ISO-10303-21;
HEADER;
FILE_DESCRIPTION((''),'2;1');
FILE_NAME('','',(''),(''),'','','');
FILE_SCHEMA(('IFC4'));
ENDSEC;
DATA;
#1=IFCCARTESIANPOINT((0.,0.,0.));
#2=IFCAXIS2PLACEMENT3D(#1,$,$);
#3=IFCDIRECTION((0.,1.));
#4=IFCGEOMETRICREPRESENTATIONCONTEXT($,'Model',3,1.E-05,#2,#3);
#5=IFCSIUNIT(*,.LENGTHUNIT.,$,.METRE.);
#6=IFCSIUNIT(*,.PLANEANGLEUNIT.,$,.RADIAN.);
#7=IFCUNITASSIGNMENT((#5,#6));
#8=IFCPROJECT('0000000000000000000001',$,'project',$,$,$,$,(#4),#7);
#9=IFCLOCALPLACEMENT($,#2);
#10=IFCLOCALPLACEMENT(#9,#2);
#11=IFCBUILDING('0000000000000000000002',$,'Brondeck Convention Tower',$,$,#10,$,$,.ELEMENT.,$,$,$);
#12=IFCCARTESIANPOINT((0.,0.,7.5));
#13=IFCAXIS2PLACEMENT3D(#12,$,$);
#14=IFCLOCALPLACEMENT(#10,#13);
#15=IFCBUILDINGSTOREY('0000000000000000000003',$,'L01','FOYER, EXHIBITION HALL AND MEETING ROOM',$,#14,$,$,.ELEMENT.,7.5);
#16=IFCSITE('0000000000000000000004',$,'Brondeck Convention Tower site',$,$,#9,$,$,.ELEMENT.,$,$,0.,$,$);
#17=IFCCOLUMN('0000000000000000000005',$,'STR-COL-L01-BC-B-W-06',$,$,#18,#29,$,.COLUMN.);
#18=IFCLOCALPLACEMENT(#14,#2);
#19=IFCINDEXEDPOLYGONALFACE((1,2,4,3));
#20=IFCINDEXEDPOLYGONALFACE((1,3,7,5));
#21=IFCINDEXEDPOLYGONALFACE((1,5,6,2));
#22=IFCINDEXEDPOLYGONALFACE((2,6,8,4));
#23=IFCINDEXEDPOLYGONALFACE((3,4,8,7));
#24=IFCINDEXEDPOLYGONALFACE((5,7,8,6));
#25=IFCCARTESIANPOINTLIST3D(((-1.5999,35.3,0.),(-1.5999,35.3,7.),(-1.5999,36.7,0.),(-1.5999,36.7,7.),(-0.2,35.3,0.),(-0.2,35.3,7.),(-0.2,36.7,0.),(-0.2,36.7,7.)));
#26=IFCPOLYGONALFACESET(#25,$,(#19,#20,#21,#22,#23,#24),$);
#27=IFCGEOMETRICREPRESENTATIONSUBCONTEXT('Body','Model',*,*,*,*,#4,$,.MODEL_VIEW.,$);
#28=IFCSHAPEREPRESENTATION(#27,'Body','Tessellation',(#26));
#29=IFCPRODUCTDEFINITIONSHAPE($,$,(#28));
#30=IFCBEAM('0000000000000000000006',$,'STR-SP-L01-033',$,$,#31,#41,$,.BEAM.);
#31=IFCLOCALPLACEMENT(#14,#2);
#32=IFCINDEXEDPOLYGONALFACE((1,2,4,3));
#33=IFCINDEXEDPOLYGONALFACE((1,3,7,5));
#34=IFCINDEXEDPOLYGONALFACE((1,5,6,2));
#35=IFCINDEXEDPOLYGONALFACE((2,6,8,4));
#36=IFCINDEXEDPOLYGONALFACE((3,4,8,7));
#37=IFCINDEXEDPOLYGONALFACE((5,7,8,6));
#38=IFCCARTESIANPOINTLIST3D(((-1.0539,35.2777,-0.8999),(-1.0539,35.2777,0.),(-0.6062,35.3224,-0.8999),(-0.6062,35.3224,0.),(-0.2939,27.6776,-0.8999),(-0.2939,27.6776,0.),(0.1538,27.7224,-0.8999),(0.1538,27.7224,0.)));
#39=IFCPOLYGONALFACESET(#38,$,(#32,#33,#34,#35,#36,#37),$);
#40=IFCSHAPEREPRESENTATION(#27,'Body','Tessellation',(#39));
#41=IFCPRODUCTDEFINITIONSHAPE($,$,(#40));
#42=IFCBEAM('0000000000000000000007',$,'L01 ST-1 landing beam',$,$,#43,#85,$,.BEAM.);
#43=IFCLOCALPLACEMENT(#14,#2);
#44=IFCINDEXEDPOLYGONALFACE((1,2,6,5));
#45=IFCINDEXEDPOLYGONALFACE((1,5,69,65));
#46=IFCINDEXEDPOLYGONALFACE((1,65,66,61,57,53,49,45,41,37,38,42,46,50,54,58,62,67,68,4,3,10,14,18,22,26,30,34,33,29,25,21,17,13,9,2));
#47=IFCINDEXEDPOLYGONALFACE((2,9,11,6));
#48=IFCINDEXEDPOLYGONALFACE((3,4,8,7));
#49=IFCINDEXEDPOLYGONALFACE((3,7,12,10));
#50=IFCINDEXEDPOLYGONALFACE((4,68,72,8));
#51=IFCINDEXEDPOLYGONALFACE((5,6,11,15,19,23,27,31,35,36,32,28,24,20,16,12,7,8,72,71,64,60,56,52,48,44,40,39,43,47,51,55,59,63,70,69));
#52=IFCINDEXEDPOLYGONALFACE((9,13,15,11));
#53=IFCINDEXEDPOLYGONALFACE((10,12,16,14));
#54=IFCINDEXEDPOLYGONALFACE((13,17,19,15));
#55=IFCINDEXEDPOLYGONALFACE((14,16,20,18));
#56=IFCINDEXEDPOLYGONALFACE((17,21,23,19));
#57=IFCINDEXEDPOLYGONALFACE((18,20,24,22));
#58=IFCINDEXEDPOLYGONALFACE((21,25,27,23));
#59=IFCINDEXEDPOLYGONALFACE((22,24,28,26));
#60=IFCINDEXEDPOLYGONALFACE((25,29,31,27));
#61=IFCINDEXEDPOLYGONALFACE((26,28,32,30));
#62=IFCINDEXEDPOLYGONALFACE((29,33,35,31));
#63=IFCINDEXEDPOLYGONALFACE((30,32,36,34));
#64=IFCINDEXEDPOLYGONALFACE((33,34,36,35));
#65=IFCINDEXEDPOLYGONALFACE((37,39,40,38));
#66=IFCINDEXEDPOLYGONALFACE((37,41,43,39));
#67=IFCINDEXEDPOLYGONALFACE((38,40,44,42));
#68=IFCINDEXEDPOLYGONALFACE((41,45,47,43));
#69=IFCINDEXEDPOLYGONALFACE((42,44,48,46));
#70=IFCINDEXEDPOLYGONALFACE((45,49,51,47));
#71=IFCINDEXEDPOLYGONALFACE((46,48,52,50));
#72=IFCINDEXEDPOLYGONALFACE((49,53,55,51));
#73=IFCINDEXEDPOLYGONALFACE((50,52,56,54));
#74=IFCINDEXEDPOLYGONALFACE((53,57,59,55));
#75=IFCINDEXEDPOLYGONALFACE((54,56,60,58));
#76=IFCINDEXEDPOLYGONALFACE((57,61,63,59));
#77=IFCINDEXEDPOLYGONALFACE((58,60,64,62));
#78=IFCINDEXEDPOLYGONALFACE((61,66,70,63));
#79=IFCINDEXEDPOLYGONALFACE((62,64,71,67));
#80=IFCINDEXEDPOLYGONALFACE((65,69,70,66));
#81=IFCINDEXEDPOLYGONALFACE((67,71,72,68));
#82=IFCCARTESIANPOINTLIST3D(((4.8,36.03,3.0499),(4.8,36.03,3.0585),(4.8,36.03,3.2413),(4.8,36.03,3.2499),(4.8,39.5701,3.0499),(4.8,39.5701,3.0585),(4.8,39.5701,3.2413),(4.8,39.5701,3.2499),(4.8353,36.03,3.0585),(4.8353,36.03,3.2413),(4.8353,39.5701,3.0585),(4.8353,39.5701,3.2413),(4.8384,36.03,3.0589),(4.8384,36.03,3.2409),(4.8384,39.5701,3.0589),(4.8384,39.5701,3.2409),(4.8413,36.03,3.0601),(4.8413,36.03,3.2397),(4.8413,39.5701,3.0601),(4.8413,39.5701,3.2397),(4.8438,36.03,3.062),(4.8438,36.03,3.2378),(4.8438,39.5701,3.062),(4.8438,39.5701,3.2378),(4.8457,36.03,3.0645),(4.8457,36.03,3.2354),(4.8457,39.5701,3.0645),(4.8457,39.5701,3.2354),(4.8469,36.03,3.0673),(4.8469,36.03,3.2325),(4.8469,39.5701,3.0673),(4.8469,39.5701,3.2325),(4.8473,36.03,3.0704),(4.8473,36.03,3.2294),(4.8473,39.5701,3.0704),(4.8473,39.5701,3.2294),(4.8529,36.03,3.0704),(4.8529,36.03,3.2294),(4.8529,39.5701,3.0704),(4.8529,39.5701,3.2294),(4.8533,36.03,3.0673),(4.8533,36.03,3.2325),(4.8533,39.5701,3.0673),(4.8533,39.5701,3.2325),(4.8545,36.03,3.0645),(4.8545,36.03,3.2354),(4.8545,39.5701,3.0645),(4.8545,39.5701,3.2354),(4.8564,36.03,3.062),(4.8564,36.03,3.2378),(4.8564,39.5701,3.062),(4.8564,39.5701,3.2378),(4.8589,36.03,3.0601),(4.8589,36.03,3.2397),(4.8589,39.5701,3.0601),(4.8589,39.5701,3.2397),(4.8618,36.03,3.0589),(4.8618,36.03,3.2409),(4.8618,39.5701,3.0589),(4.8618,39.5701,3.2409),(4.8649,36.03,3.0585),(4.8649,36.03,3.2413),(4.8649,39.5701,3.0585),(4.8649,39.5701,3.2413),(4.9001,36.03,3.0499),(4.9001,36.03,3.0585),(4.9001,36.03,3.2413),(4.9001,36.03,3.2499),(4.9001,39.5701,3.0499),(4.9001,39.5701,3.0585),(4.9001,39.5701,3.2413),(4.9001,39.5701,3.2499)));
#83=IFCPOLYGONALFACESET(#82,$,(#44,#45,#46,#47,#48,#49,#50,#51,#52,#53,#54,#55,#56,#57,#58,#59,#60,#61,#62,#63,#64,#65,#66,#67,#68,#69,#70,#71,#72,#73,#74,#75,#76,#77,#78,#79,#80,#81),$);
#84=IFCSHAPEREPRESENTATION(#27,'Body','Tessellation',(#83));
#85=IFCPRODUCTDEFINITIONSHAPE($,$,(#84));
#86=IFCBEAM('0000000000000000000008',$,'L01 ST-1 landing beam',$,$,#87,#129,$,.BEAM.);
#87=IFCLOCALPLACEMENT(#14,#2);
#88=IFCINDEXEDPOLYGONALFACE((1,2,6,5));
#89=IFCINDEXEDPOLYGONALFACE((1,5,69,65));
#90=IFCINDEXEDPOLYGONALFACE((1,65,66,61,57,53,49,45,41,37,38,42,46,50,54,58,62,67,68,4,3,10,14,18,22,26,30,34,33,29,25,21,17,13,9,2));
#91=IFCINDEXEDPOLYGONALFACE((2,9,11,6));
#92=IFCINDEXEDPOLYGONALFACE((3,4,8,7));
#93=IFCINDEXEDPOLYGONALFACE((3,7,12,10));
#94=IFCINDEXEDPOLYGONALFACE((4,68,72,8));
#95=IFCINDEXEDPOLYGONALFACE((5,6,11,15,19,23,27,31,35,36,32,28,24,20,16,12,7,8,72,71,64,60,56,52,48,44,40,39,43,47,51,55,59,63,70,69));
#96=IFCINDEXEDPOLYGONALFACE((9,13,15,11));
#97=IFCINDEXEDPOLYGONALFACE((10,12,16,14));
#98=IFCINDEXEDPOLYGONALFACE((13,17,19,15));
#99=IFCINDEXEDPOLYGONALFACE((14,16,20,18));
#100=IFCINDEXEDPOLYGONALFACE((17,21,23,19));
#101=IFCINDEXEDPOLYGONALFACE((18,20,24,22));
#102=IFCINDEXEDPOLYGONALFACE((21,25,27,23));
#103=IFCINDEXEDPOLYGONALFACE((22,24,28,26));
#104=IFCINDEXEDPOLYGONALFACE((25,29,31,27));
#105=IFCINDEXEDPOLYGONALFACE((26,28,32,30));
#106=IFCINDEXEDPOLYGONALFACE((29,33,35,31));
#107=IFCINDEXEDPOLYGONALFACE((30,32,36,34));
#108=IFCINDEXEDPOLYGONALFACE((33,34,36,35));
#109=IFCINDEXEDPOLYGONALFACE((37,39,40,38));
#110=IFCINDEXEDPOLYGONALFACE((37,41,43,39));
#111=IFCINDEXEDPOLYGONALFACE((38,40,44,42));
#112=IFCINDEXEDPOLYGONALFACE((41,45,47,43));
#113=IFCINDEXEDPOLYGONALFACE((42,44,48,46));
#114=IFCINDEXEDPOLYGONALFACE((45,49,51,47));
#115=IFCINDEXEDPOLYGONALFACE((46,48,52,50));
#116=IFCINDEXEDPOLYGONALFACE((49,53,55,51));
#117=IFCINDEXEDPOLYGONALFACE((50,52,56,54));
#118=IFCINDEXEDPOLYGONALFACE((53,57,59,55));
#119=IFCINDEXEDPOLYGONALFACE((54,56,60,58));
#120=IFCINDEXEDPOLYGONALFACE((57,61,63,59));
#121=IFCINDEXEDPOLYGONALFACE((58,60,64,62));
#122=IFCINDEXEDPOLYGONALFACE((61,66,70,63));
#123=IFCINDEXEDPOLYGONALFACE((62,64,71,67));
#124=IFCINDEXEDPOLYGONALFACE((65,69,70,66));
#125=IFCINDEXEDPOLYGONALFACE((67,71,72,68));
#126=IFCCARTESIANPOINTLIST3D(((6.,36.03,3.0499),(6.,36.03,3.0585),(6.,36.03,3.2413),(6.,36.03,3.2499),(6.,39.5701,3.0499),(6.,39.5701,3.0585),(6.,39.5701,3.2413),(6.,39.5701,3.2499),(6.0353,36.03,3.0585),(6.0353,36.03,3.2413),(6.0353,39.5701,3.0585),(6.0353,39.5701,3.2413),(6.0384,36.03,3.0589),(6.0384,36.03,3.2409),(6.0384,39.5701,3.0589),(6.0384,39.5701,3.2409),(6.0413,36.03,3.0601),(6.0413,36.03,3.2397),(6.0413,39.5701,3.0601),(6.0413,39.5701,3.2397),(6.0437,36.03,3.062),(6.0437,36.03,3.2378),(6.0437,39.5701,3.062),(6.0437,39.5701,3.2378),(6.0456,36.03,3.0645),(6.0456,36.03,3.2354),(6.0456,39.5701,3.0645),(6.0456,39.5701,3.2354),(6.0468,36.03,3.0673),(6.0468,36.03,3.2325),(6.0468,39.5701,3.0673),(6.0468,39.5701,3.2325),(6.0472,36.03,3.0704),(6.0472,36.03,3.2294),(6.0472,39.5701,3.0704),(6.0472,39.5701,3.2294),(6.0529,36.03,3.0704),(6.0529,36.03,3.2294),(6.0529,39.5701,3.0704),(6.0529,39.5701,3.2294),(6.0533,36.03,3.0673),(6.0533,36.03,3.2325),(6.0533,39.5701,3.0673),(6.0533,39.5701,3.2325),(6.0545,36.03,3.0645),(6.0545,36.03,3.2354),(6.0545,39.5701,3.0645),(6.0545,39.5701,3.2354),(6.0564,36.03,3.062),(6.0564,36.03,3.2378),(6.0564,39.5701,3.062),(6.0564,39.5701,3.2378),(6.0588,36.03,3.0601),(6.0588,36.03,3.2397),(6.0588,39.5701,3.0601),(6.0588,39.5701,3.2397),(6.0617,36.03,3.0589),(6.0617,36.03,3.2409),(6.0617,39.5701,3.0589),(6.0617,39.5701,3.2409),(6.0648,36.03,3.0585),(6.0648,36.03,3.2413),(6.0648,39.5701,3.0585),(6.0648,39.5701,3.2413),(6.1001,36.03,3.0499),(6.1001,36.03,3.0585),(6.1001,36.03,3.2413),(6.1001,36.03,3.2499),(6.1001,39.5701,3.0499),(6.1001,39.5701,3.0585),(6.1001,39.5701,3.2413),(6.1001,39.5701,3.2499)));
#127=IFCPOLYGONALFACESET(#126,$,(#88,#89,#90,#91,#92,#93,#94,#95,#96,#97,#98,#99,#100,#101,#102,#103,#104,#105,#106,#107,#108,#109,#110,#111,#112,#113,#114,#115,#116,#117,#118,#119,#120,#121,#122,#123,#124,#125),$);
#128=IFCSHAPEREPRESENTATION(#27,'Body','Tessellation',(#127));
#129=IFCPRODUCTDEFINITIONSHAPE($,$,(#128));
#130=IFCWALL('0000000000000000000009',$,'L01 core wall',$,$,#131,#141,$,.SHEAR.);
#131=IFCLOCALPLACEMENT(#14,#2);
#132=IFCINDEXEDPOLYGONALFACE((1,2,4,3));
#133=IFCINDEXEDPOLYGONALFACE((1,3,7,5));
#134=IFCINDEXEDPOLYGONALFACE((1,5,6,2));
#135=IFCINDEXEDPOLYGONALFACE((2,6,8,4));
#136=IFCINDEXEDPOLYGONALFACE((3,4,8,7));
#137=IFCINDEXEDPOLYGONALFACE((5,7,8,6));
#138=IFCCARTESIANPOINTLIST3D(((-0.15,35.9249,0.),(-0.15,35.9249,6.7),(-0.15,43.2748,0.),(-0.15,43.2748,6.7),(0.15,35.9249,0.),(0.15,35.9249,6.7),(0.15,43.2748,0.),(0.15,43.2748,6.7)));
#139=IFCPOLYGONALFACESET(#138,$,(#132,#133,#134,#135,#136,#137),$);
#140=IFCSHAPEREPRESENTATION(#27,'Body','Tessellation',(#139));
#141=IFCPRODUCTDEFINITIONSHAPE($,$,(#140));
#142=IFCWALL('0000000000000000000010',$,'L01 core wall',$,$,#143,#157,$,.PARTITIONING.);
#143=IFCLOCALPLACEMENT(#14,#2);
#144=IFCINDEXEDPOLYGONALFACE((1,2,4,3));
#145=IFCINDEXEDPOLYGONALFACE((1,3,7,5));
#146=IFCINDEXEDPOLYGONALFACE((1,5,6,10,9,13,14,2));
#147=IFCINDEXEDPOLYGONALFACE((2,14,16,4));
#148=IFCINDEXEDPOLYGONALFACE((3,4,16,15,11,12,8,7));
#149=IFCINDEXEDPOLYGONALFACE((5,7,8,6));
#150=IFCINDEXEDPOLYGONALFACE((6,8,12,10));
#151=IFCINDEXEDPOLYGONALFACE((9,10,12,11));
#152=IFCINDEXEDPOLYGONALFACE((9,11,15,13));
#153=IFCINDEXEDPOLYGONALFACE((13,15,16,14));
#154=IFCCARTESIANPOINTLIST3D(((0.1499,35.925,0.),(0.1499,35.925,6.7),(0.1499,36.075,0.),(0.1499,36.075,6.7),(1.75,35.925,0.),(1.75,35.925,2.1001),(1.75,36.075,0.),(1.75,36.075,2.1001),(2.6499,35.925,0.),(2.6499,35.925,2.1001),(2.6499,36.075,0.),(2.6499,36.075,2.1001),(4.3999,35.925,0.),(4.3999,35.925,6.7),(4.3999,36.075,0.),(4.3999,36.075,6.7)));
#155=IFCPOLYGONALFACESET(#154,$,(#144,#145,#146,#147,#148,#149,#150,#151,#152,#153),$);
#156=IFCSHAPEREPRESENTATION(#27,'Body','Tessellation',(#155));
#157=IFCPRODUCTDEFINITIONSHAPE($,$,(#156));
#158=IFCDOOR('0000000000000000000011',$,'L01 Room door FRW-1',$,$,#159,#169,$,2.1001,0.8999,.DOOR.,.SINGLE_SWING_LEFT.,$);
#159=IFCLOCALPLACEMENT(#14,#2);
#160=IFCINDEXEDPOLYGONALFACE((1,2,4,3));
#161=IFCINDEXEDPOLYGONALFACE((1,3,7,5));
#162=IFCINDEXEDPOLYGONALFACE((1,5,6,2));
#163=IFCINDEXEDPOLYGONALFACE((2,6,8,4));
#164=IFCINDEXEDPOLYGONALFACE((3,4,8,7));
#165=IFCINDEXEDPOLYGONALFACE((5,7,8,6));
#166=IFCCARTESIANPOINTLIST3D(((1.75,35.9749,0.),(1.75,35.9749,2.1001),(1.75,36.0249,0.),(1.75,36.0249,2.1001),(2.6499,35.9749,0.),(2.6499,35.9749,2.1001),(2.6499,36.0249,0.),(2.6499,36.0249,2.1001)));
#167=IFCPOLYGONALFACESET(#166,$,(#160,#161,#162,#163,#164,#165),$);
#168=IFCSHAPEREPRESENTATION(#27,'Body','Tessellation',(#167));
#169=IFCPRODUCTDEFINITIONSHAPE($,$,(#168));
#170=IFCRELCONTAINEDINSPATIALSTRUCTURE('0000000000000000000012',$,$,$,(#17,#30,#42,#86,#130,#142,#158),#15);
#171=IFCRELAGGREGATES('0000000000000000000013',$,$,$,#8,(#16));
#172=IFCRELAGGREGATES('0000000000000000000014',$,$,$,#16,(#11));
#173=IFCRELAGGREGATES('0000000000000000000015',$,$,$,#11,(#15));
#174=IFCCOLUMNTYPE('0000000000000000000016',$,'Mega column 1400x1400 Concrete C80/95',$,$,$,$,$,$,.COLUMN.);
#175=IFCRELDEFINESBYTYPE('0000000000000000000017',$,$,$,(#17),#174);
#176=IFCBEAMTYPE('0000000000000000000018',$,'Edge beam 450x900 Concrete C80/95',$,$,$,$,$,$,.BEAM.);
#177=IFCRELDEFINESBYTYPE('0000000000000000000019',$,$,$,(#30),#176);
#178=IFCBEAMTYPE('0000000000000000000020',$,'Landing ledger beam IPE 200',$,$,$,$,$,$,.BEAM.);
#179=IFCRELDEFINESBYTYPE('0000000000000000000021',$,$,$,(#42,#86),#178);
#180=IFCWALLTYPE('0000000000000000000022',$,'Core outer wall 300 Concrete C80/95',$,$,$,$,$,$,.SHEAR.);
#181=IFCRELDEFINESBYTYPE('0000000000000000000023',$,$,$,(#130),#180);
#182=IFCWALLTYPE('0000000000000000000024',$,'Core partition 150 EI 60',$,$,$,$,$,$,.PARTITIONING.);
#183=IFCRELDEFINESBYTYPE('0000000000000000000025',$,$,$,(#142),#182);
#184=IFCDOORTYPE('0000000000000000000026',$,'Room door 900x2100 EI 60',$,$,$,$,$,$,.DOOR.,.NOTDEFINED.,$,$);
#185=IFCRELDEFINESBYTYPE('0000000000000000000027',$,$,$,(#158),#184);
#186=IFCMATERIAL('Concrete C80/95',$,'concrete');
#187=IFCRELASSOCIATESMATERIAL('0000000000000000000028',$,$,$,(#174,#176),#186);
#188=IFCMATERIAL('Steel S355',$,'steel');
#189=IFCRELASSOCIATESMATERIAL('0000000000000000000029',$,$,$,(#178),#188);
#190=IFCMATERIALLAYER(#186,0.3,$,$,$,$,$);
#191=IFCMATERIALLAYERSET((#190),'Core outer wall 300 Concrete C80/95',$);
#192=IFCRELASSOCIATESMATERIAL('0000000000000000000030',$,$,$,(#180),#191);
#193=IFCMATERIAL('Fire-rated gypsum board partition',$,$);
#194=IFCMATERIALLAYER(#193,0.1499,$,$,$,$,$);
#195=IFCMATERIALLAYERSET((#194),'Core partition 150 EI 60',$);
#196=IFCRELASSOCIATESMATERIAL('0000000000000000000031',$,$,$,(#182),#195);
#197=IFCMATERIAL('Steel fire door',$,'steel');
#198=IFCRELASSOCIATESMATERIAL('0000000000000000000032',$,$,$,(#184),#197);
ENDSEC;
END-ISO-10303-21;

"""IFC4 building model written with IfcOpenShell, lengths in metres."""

from ifc_helpers import new_model, si_unit, direction, frame, frame_2d, origin, origin_2d, place, context, subcontext, project, spatial, rectangle, i_section, extrude, material, layer, layer_set, material_profile, profile_set, type_object, element, fill, save


model = new_model("IFC4")

# Units and contexts
model_context = context("Model", 3, precision=1e-05, world=origin(), true_north=direction((0.0, 1.0)))
body_context = subcontext(model_context, "Body", "Model", "MODEL_VIEW")
ifc_project = project(units=[si_unit("LENGTHUNIT", "METRE"), si_unit("PLANEANGLEUNIT", "RADIAN")], contexts=[model_context])

# Site, building, storey
site_placement = place(None, origin())
site = spatial("IfcSite", under=ifc_project, at=site_placement, Name="Brondeck Convention Tower site", CompositionType="ELEMENT", RefElevation=0.0)
building_placement = place(site_placement, origin())
building = spatial("IfcBuilding", under=site, at=building_placement, Name="Brondeck Convention Tower", CompositionType="ELEMENT")
storey_placement = place(building_placement, frame((0.0, 0.0, 7.5)))
storey = spatial("IfcBuildingStorey", under=building, at=storey_placement, Name="L01", Description="FOYER, EXHIBITION HALL AND MEETING ROOM", CompositionType="ELEMENT", Elevation=7.5)

# Column
ifc_material_1 = material(Name="Concrete C80/95", Category="concrete")
ifc_material_profile_1 = material_profile(ifc_material_1, rectangle(XDim=1.3999, YDim=1.3999, at=origin_2d()), Name="Mega column 1400x1400 Concrete C80/95")
ifc_profile_set_1 = profile_set([ifc_material_profile_1], Name="Concrete C80/95")
column_type = type_object("IfcColumnType", Name="Mega column 1400x1400 Concrete C80/95", PredefinedType="COLUMN", material=ifc_profile_set_1)
column_placement = place(storey_placement, frame((-0.8999, 36.0, 0.0), z_axis=(0.0, 0.0, 1.0), x_axis=(1.0, 0.0, 0.0)))
element("IfcColumn", 1, at=column_placement, inside=storey, type_object=column_type, Name="STR-COL-L01-BC-B-W-06", PredefinedType="COLUMN", context=body_context, shape_type="SweptSolid", body=[
    extrude(rectangle(XDim=1.3999, YDim=1.3999, at=origin_2d()), origin(), (0.0, 0.0, 1.0), 7.0),
])

# Beams
ifc_material_profile_2 = material_profile(ifc_material_1, rectangle(XDim=0.45, YDim=0.8999, at=origin_2d()), Name="Edge beam 450x900 Concrete C80/95")
ifc_profile_set_2 = profile_set([ifc_material_profile_2], Name="Concrete C80/95")
beam_type_1 = type_object("IfcBeamType", Name="Edge beam 450x900 Concrete C80/95", PredefinedType="BEAM", material=ifc_profile_set_2)
beam_placement = place(storey_placement, frame((-0.8301, 35.3, -0.45), z_axis=(0.099504, -0.995037, 0.0), x_axis=(0.995037, 0.099504, 0.0)))
element("IfcBeam", 2, at=beam_placement, inside=storey, type_object=beam_type_1, Name="STR-SP-L01-033", PredefinedType="BEAM", context=body_context, shape_type="SweptSolid", body=[
    extrude(rectangle(XDim=0.45, YDim=0.8999, at=origin_2d()), origin(), (0.0, 0.0, 1.0), 7.6379),
])
ifc_material_2 = material(Name="Steel S355", Category="steel")
ifc_material_profile_3 = material_profile(ifc_material_2, i_section(OverallWidth=0.1001, OverallDepth=0.2, WebThickness=0.0056, FlangeThickness=0.0085, FilletRadius=0.012, at=origin_2d()), Name="IPE200")
ifc_profile_set_3 = profile_set([ifc_material_profile_3], Name="Steel S355")
beam_type_2 = type_object("IfcBeamType", Name="Landing ledger beam IPE 200", PredefinedType="BEAM", material=ifc_profile_set_3)
for number, where, z_axis, x_axis, name in (
    (3, (4.8501, 36.03, 3.1499), (0.0, 1.0, 0.0), (-1.0, 0.0, 0.0), "L01 ST-1 landing beam"),
    (4, (6.05, 36.03, 3.1499), (0.0, 1.0, 0.0), (-1.0, 0.0, 0.0), "L01 ST-1 landing beam"),
):
    element("IfcBeam", number, at=place(storey_placement, frame(where, z_axis=z_axis, x_axis=x_axis)), inside=storey, type_object=beam_type_2, Name=name, PredefinedType="BEAM", context=body_context, shape_type="SweptSolid", body=[
        extrude(i_section(OverallWidth=0.1001, OverallDepth=0.2, WebThickness=0.0056, FlangeThickness=0.0085, FilletRadius=0.012, at=origin_2d()), origin(), (0.0, 0.0, 1.0), 3.54),
    ])

# Wall
ifc_layer_1 = layer(ifc_material_1, 0.3)
ifc_layer_set_1 = layer_set([ifc_layer_1], Name="Core outer wall 300 Concrete C80/95")
wall_type_1 = type_object("IfcWallType", Name="Core outer wall 300 Concrete C80/95", PredefinedType="SHEAR", material=ifc_layer_set_1)
wall_1_placement = place(storey_placement, frame((0.0, 35.925, 0.0), z_axis=(0.0, 0.0, 1.0), x_axis=(0.0, 1.0, 0.0)))
element("IfcWall", 5, at=wall_1_placement, inside=storey, type_object=wall_type_1, Name="L01 core wall", PredefinedType="SHEAR", context=body_context, shape_type="SweptSolid", body=[
    extrude(rectangle(XDim=7.3499, YDim=0.3, at=frame_2d((3.6748, 0.0))), origin(), (0.0, 0.0, 1.0), 6.7),
])

# Wall, opening, door
ifc_material_3 = material(Name="Fire-rated gypsum board partition")
ifc_layer_2 = layer(ifc_material_3, 0.1499)
ifc_layer_set_2 = layer_set([ifc_layer_2], Name="Core partition 150 EI 60")
wall_type_2 = type_object("IfcWallType", Name="Core partition 150 EI 60", PredefinedType="PARTITIONING", material=ifc_layer_set_2)
wall_2_placement = place(storey_placement, frame((0.1499, 36.0, 0.0), z_axis=(0.0, 0.0, 1.0), x_axis=(1.0, 0.0, 0.0)))
wall_2 = element("IfcWall", 6, at=wall_2_placement, inside=storey, type_object=wall_type_2, Name="L01 core wall", PredefinedType="PARTITIONING", context=body_context, shape_type="SweptSolid", body=[
    extrude(rectangle(XDim=4.25, YDim=0.1499, at=frame_2d((2.125, 0.0))), origin(), (0.0, 0.0, 1.0), 6.7),
])
opening_1_placement = place(wall_2_placement, frame((1.6001, 0.0, 0.0)))
opening_1 = element("IfcOpeningElement", 7, at=opening_1_placement, cuts=wall_2, PredefinedType="OPENING", context=body_context, shape_type="SweptSolid", body=[
    extrude(rectangle(XDim=0.8999, YDim=2.1001, at=frame_2d((0.45, 1.05))), frame((0.0, 0.085, 0.0), z_axis=(0.0, -1.0, 0.0), x_axis=(1.0, 0.0, 0.0)), (0.0, 0.0, 1.0), 0.1699),
])
ifc_material_4 = material(Name="Steel fire door", Category="steel")
door_type_1 = type_object("IfcDoorType", Name="Room door 900x2100 EI 60", OperationType="NOTDEFINED", PredefinedType="DOOR", material=ifc_material_4)
door_1_placement = place(opening_1_placement, origin())
door_1 = element("IfcDoor", 8, at=door_1_placement, inside=storey, type_object=door_type_1, Name="L01 Room door FRW-1", OperationType="SINGLE_SWING_LEFT", OverallHeight=2.1001, OverallWidth=0.8999, PredefinedType="DOOR", context=body_context, shape_type="SweptSolid", body=[
    extrude(rectangle(XDim=0.8999, YDim=2.1001, at=frame_2d((0.45, 1.05))), frame((0.0, 0.0249, 0.0), z_axis=(0.0, -1.0, 0.0), x_axis=(1.0, 0.0, 0.0)), (0.0, 0.0, 1.0), 0.05),
])
fill(opening_1, door_1)

save(model, "model.ifc")
